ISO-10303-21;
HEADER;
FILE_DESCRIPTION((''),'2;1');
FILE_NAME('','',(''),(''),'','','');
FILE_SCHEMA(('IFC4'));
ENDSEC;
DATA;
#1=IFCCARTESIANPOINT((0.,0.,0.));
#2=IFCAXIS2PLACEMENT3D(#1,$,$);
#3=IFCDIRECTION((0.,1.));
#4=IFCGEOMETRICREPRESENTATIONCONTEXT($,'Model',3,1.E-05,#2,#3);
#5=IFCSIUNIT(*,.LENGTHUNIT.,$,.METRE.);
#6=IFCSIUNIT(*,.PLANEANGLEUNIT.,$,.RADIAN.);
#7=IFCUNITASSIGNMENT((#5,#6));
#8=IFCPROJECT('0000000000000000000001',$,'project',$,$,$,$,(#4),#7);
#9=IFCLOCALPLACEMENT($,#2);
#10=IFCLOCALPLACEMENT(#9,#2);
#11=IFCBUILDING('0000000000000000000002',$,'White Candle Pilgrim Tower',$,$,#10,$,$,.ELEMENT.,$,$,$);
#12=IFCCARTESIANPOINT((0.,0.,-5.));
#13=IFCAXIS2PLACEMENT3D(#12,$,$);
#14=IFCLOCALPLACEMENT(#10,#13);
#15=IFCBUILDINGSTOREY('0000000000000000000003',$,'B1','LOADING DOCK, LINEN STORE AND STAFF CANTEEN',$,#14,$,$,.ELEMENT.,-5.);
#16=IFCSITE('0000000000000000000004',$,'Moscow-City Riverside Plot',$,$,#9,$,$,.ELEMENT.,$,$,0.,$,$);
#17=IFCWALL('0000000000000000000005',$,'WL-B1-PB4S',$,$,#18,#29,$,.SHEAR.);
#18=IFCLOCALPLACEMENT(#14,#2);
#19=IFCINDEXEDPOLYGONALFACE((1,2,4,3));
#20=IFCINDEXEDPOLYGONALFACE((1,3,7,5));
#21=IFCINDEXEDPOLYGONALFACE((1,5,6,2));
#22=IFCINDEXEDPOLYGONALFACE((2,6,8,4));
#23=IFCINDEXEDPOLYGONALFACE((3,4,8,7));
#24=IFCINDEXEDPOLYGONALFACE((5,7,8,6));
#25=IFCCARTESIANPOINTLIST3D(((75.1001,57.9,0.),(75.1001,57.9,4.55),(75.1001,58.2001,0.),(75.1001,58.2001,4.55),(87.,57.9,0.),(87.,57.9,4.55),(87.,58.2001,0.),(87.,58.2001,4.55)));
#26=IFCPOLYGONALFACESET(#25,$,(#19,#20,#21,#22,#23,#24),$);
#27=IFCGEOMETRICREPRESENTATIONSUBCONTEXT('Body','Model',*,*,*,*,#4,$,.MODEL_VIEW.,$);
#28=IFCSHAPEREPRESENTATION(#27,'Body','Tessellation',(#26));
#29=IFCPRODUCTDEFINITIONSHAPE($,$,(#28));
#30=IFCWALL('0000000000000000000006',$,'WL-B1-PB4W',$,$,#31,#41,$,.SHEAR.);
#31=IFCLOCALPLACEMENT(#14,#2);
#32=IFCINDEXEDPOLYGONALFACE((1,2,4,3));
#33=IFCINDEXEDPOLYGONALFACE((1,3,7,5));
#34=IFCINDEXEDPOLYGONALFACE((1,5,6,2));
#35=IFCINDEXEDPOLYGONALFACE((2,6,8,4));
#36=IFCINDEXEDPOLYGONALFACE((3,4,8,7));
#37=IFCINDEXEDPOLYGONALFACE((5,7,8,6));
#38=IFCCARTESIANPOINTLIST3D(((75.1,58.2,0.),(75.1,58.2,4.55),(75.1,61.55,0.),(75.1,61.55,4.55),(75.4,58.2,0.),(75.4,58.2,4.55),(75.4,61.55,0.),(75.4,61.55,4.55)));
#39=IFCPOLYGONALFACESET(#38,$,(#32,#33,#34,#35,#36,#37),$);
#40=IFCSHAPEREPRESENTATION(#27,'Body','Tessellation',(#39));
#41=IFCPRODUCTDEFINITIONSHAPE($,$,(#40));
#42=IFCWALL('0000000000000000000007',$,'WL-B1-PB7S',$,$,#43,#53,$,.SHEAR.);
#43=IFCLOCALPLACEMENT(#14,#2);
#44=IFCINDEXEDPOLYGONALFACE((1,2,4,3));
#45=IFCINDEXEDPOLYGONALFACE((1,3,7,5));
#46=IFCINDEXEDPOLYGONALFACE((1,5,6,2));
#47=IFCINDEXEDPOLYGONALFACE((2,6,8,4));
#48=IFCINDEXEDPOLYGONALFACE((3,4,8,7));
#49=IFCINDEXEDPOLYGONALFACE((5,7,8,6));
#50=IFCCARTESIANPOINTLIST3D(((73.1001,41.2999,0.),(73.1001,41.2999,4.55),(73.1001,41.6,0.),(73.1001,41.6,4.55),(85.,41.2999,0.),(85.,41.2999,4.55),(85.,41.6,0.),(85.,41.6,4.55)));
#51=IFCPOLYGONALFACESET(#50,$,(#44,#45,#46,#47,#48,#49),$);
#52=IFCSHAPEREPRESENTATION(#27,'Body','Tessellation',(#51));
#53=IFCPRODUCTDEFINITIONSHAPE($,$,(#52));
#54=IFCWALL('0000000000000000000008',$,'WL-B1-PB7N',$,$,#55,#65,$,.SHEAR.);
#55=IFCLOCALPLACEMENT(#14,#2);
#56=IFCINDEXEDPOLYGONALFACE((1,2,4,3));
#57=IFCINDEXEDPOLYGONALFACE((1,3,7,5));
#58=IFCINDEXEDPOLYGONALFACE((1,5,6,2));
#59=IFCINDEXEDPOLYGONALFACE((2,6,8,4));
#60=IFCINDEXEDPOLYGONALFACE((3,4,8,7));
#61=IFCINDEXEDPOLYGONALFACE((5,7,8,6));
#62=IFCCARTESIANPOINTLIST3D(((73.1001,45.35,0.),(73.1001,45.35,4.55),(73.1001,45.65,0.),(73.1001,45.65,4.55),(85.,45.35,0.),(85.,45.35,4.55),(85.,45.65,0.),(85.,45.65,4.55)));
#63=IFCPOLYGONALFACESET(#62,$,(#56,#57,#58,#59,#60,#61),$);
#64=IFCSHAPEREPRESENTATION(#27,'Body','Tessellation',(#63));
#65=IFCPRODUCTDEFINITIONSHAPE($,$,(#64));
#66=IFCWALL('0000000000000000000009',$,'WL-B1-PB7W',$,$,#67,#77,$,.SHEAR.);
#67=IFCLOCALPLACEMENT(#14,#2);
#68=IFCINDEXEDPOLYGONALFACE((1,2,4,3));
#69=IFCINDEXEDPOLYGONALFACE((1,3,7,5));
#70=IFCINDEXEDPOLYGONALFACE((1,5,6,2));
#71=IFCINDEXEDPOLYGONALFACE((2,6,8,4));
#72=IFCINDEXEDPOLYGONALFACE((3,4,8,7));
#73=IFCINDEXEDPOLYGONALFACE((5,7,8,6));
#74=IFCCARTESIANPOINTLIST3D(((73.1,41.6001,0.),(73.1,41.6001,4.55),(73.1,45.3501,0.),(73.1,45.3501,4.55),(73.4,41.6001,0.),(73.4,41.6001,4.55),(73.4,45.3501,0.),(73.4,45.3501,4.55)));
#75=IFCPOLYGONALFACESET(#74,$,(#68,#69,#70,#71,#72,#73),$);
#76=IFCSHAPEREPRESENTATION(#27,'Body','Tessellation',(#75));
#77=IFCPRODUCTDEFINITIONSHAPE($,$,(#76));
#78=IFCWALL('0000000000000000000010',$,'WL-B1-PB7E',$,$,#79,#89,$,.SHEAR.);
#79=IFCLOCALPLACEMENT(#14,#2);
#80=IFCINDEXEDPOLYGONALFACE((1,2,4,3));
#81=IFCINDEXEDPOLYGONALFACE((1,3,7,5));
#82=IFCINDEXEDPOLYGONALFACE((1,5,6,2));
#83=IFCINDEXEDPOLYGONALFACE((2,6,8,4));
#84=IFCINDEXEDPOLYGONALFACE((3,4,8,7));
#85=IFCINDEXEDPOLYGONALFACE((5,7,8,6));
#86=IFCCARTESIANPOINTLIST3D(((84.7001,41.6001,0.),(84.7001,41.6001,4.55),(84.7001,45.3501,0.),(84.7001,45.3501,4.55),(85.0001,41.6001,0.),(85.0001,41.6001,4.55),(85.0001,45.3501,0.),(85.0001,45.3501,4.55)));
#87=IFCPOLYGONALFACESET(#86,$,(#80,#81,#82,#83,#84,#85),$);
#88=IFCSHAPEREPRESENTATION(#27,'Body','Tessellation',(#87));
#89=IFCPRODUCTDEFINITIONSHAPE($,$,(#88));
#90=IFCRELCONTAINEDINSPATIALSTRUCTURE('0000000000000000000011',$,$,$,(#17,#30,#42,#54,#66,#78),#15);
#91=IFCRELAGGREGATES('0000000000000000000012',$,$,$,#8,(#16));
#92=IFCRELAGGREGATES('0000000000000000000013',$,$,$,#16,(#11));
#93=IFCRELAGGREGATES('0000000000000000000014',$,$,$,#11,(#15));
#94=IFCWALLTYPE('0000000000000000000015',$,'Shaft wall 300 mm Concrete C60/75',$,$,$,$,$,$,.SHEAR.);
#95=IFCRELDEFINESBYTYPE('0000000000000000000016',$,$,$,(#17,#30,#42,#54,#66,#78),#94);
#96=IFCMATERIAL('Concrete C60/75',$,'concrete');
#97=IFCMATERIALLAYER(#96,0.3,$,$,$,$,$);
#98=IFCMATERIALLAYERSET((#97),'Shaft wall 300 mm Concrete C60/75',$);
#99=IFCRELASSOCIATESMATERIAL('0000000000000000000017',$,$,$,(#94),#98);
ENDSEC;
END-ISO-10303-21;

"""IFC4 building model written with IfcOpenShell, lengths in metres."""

from ifc_helpers import new_model, si_unit, direction, frame, frame_2d, origin, place, context, subcontext, project, spatial, rectangle, extrude, material, layer, layer_set, type_object, element, save


model = new_model("IFC4")

# Units and contexts
model_context = context("Model", 3, precision=1e-05, world=origin(), true_north=direction((0.0, 1.0)))
body_context = subcontext(model_context, "Body", "Model", "MODEL_VIEW")
ifc_project = project(units=[si_unit("LENGTHUNIT", "METRE"), si_unit("PLANEANGLEUNIT", "RADIAN")], contexts=[model_context])

# Site, building, storey
site_placement = place(None, origin())
site = spatial("IfcSite", under=ifc_project, at=site_placement, Name="Moscow-City Riverside Plot", CompositionType="ELEMENT", RefElevation=0.0)
building_placement = place(site_placement, origin())
building = spatial("IfcBuilding", under=site, at=building_placement, Name="White Candle Pilgrim Tower", CompositionType="ELEMENT")
storey_placement = place(building_placement, frame((0.0, 0.0, -5.0)))
storey = spatial("IfcBuildingStorey", under=building, at=storey_placement, Name="B1", Description="LOADING DOCK, LINEN STORE AND STAFF CANTEEN", CompositionType="ELEMENT", Elevation=-5.0)

# Walls
ifc_material_1 = material(Name="Concrete C60/75", Category="concrete")
ifc_layer_1 = layer(ifc_material_1, 0.3)
ifc_layer_set_1 = layer_set([ifc_layer_1], Name="Shaft wall 300 mm Concrete C60/75")
wall_type_1 = type_object("IfcWallType", Name="Shaft wall 300 mm Concrete C60/75", PredefinedType="SHEAR", material=ifc_layer_set_1)
wall_1_placement = place(storey_placement, frame((75.1001, 58.05, 0.0), z_axis=(0.0, 0.0, 1.0), x_axis=(1.0, 0.0, 0.0)))
element("IfcWall", 1, at=wall_1_placement, inside=storey, type_object=wall_type_1, Name="WL-B1-PB4S", PredefinedType="SHEAR", context=body_context, shape_type="SweptSolid", body=[
    extrude(rectangle(XDim=11.8999, YDim=0.3, at=frame_2d((5.95, 0.0))), origin(), (0.0, 0.0, 1.0), 4.55),
])
wall_2_placement = place(storey_placement, frame((75.25, 58.2, 0.0), z_axis=(0.0, 0.0, 1.0), x_axis=(0.0, 1.0, 0.0)))
element("IfcWall", 2, at=wall_2_placement, inside=storey, type_object=wall_type_1, Name="WL-B1-PB4W", PredefinedType="SHEAR", context=body_context, shape_type="SweptSolid", body=[
    extrude(rectangle(XDim=3.3501, YDim=0.3, at=frame_2d((1.675, 0.0))), origin(), (0.0, 0.0, 1.0), 4.55),
])
for number, where, z_axis, x_axis, name in (
    (3, (73.1001, 41.45, 0.0), (0.0, 0.0, 1.0), (1.0, 0.0, 0.0), "WL-B1-PB7S"),
    (4, (73.1001, 45.5, 0.0), (0.0, 0.0, 1.0), (1.0, 0.0, 0.0), "WL-B1-PB7N"),
):
    element("IfcWall", number, at=place(storey_placement, frame(where, z_axis=z_axis, x_axis=x_axis)), inside=storey, type_object=wall_type_1, Name=name, PredefinedType="SHEAR", context=body_context, shape_type="SweptSolid", body=[
        extrude(rectangle(XDim=11.8999, YDim=0.3, at=frame_2d((5.95, 0.0))), origin(), (0.0, 0.0, 1.0), 4.55),
    ])
for number, where, z_axis, x_axis, name in (
    (5, (73.25, 41.6001, 0.0), (0.0, 0.0, 1.0), (0.0, 1.0, 0.0), "WL-B1-PB7W"),
    (6, (84.8501, 41.6001, 0.0), (0.0, 0.0, 1.0), (0.0, 1.0, 0.0), "WL-B1-PB7E"),
):
    element("IfcWall", number, at=place(storey_placement, frame(where, z_axis=z_axis, x_axis=x_axis)), inside=storey, type_object=wall_type_1, Name=name, PredefinedType="SHEAR", context=body_context, shape_type="SweptSolid", body=[
        extrude(rectangle(XDim=3.75, YDim=0.3, at=frame_2d((1.875, 0.0))), origin(), (0.0, 0.0, 1.0), 4.55),
    ])

save(model, "model.ifc")
